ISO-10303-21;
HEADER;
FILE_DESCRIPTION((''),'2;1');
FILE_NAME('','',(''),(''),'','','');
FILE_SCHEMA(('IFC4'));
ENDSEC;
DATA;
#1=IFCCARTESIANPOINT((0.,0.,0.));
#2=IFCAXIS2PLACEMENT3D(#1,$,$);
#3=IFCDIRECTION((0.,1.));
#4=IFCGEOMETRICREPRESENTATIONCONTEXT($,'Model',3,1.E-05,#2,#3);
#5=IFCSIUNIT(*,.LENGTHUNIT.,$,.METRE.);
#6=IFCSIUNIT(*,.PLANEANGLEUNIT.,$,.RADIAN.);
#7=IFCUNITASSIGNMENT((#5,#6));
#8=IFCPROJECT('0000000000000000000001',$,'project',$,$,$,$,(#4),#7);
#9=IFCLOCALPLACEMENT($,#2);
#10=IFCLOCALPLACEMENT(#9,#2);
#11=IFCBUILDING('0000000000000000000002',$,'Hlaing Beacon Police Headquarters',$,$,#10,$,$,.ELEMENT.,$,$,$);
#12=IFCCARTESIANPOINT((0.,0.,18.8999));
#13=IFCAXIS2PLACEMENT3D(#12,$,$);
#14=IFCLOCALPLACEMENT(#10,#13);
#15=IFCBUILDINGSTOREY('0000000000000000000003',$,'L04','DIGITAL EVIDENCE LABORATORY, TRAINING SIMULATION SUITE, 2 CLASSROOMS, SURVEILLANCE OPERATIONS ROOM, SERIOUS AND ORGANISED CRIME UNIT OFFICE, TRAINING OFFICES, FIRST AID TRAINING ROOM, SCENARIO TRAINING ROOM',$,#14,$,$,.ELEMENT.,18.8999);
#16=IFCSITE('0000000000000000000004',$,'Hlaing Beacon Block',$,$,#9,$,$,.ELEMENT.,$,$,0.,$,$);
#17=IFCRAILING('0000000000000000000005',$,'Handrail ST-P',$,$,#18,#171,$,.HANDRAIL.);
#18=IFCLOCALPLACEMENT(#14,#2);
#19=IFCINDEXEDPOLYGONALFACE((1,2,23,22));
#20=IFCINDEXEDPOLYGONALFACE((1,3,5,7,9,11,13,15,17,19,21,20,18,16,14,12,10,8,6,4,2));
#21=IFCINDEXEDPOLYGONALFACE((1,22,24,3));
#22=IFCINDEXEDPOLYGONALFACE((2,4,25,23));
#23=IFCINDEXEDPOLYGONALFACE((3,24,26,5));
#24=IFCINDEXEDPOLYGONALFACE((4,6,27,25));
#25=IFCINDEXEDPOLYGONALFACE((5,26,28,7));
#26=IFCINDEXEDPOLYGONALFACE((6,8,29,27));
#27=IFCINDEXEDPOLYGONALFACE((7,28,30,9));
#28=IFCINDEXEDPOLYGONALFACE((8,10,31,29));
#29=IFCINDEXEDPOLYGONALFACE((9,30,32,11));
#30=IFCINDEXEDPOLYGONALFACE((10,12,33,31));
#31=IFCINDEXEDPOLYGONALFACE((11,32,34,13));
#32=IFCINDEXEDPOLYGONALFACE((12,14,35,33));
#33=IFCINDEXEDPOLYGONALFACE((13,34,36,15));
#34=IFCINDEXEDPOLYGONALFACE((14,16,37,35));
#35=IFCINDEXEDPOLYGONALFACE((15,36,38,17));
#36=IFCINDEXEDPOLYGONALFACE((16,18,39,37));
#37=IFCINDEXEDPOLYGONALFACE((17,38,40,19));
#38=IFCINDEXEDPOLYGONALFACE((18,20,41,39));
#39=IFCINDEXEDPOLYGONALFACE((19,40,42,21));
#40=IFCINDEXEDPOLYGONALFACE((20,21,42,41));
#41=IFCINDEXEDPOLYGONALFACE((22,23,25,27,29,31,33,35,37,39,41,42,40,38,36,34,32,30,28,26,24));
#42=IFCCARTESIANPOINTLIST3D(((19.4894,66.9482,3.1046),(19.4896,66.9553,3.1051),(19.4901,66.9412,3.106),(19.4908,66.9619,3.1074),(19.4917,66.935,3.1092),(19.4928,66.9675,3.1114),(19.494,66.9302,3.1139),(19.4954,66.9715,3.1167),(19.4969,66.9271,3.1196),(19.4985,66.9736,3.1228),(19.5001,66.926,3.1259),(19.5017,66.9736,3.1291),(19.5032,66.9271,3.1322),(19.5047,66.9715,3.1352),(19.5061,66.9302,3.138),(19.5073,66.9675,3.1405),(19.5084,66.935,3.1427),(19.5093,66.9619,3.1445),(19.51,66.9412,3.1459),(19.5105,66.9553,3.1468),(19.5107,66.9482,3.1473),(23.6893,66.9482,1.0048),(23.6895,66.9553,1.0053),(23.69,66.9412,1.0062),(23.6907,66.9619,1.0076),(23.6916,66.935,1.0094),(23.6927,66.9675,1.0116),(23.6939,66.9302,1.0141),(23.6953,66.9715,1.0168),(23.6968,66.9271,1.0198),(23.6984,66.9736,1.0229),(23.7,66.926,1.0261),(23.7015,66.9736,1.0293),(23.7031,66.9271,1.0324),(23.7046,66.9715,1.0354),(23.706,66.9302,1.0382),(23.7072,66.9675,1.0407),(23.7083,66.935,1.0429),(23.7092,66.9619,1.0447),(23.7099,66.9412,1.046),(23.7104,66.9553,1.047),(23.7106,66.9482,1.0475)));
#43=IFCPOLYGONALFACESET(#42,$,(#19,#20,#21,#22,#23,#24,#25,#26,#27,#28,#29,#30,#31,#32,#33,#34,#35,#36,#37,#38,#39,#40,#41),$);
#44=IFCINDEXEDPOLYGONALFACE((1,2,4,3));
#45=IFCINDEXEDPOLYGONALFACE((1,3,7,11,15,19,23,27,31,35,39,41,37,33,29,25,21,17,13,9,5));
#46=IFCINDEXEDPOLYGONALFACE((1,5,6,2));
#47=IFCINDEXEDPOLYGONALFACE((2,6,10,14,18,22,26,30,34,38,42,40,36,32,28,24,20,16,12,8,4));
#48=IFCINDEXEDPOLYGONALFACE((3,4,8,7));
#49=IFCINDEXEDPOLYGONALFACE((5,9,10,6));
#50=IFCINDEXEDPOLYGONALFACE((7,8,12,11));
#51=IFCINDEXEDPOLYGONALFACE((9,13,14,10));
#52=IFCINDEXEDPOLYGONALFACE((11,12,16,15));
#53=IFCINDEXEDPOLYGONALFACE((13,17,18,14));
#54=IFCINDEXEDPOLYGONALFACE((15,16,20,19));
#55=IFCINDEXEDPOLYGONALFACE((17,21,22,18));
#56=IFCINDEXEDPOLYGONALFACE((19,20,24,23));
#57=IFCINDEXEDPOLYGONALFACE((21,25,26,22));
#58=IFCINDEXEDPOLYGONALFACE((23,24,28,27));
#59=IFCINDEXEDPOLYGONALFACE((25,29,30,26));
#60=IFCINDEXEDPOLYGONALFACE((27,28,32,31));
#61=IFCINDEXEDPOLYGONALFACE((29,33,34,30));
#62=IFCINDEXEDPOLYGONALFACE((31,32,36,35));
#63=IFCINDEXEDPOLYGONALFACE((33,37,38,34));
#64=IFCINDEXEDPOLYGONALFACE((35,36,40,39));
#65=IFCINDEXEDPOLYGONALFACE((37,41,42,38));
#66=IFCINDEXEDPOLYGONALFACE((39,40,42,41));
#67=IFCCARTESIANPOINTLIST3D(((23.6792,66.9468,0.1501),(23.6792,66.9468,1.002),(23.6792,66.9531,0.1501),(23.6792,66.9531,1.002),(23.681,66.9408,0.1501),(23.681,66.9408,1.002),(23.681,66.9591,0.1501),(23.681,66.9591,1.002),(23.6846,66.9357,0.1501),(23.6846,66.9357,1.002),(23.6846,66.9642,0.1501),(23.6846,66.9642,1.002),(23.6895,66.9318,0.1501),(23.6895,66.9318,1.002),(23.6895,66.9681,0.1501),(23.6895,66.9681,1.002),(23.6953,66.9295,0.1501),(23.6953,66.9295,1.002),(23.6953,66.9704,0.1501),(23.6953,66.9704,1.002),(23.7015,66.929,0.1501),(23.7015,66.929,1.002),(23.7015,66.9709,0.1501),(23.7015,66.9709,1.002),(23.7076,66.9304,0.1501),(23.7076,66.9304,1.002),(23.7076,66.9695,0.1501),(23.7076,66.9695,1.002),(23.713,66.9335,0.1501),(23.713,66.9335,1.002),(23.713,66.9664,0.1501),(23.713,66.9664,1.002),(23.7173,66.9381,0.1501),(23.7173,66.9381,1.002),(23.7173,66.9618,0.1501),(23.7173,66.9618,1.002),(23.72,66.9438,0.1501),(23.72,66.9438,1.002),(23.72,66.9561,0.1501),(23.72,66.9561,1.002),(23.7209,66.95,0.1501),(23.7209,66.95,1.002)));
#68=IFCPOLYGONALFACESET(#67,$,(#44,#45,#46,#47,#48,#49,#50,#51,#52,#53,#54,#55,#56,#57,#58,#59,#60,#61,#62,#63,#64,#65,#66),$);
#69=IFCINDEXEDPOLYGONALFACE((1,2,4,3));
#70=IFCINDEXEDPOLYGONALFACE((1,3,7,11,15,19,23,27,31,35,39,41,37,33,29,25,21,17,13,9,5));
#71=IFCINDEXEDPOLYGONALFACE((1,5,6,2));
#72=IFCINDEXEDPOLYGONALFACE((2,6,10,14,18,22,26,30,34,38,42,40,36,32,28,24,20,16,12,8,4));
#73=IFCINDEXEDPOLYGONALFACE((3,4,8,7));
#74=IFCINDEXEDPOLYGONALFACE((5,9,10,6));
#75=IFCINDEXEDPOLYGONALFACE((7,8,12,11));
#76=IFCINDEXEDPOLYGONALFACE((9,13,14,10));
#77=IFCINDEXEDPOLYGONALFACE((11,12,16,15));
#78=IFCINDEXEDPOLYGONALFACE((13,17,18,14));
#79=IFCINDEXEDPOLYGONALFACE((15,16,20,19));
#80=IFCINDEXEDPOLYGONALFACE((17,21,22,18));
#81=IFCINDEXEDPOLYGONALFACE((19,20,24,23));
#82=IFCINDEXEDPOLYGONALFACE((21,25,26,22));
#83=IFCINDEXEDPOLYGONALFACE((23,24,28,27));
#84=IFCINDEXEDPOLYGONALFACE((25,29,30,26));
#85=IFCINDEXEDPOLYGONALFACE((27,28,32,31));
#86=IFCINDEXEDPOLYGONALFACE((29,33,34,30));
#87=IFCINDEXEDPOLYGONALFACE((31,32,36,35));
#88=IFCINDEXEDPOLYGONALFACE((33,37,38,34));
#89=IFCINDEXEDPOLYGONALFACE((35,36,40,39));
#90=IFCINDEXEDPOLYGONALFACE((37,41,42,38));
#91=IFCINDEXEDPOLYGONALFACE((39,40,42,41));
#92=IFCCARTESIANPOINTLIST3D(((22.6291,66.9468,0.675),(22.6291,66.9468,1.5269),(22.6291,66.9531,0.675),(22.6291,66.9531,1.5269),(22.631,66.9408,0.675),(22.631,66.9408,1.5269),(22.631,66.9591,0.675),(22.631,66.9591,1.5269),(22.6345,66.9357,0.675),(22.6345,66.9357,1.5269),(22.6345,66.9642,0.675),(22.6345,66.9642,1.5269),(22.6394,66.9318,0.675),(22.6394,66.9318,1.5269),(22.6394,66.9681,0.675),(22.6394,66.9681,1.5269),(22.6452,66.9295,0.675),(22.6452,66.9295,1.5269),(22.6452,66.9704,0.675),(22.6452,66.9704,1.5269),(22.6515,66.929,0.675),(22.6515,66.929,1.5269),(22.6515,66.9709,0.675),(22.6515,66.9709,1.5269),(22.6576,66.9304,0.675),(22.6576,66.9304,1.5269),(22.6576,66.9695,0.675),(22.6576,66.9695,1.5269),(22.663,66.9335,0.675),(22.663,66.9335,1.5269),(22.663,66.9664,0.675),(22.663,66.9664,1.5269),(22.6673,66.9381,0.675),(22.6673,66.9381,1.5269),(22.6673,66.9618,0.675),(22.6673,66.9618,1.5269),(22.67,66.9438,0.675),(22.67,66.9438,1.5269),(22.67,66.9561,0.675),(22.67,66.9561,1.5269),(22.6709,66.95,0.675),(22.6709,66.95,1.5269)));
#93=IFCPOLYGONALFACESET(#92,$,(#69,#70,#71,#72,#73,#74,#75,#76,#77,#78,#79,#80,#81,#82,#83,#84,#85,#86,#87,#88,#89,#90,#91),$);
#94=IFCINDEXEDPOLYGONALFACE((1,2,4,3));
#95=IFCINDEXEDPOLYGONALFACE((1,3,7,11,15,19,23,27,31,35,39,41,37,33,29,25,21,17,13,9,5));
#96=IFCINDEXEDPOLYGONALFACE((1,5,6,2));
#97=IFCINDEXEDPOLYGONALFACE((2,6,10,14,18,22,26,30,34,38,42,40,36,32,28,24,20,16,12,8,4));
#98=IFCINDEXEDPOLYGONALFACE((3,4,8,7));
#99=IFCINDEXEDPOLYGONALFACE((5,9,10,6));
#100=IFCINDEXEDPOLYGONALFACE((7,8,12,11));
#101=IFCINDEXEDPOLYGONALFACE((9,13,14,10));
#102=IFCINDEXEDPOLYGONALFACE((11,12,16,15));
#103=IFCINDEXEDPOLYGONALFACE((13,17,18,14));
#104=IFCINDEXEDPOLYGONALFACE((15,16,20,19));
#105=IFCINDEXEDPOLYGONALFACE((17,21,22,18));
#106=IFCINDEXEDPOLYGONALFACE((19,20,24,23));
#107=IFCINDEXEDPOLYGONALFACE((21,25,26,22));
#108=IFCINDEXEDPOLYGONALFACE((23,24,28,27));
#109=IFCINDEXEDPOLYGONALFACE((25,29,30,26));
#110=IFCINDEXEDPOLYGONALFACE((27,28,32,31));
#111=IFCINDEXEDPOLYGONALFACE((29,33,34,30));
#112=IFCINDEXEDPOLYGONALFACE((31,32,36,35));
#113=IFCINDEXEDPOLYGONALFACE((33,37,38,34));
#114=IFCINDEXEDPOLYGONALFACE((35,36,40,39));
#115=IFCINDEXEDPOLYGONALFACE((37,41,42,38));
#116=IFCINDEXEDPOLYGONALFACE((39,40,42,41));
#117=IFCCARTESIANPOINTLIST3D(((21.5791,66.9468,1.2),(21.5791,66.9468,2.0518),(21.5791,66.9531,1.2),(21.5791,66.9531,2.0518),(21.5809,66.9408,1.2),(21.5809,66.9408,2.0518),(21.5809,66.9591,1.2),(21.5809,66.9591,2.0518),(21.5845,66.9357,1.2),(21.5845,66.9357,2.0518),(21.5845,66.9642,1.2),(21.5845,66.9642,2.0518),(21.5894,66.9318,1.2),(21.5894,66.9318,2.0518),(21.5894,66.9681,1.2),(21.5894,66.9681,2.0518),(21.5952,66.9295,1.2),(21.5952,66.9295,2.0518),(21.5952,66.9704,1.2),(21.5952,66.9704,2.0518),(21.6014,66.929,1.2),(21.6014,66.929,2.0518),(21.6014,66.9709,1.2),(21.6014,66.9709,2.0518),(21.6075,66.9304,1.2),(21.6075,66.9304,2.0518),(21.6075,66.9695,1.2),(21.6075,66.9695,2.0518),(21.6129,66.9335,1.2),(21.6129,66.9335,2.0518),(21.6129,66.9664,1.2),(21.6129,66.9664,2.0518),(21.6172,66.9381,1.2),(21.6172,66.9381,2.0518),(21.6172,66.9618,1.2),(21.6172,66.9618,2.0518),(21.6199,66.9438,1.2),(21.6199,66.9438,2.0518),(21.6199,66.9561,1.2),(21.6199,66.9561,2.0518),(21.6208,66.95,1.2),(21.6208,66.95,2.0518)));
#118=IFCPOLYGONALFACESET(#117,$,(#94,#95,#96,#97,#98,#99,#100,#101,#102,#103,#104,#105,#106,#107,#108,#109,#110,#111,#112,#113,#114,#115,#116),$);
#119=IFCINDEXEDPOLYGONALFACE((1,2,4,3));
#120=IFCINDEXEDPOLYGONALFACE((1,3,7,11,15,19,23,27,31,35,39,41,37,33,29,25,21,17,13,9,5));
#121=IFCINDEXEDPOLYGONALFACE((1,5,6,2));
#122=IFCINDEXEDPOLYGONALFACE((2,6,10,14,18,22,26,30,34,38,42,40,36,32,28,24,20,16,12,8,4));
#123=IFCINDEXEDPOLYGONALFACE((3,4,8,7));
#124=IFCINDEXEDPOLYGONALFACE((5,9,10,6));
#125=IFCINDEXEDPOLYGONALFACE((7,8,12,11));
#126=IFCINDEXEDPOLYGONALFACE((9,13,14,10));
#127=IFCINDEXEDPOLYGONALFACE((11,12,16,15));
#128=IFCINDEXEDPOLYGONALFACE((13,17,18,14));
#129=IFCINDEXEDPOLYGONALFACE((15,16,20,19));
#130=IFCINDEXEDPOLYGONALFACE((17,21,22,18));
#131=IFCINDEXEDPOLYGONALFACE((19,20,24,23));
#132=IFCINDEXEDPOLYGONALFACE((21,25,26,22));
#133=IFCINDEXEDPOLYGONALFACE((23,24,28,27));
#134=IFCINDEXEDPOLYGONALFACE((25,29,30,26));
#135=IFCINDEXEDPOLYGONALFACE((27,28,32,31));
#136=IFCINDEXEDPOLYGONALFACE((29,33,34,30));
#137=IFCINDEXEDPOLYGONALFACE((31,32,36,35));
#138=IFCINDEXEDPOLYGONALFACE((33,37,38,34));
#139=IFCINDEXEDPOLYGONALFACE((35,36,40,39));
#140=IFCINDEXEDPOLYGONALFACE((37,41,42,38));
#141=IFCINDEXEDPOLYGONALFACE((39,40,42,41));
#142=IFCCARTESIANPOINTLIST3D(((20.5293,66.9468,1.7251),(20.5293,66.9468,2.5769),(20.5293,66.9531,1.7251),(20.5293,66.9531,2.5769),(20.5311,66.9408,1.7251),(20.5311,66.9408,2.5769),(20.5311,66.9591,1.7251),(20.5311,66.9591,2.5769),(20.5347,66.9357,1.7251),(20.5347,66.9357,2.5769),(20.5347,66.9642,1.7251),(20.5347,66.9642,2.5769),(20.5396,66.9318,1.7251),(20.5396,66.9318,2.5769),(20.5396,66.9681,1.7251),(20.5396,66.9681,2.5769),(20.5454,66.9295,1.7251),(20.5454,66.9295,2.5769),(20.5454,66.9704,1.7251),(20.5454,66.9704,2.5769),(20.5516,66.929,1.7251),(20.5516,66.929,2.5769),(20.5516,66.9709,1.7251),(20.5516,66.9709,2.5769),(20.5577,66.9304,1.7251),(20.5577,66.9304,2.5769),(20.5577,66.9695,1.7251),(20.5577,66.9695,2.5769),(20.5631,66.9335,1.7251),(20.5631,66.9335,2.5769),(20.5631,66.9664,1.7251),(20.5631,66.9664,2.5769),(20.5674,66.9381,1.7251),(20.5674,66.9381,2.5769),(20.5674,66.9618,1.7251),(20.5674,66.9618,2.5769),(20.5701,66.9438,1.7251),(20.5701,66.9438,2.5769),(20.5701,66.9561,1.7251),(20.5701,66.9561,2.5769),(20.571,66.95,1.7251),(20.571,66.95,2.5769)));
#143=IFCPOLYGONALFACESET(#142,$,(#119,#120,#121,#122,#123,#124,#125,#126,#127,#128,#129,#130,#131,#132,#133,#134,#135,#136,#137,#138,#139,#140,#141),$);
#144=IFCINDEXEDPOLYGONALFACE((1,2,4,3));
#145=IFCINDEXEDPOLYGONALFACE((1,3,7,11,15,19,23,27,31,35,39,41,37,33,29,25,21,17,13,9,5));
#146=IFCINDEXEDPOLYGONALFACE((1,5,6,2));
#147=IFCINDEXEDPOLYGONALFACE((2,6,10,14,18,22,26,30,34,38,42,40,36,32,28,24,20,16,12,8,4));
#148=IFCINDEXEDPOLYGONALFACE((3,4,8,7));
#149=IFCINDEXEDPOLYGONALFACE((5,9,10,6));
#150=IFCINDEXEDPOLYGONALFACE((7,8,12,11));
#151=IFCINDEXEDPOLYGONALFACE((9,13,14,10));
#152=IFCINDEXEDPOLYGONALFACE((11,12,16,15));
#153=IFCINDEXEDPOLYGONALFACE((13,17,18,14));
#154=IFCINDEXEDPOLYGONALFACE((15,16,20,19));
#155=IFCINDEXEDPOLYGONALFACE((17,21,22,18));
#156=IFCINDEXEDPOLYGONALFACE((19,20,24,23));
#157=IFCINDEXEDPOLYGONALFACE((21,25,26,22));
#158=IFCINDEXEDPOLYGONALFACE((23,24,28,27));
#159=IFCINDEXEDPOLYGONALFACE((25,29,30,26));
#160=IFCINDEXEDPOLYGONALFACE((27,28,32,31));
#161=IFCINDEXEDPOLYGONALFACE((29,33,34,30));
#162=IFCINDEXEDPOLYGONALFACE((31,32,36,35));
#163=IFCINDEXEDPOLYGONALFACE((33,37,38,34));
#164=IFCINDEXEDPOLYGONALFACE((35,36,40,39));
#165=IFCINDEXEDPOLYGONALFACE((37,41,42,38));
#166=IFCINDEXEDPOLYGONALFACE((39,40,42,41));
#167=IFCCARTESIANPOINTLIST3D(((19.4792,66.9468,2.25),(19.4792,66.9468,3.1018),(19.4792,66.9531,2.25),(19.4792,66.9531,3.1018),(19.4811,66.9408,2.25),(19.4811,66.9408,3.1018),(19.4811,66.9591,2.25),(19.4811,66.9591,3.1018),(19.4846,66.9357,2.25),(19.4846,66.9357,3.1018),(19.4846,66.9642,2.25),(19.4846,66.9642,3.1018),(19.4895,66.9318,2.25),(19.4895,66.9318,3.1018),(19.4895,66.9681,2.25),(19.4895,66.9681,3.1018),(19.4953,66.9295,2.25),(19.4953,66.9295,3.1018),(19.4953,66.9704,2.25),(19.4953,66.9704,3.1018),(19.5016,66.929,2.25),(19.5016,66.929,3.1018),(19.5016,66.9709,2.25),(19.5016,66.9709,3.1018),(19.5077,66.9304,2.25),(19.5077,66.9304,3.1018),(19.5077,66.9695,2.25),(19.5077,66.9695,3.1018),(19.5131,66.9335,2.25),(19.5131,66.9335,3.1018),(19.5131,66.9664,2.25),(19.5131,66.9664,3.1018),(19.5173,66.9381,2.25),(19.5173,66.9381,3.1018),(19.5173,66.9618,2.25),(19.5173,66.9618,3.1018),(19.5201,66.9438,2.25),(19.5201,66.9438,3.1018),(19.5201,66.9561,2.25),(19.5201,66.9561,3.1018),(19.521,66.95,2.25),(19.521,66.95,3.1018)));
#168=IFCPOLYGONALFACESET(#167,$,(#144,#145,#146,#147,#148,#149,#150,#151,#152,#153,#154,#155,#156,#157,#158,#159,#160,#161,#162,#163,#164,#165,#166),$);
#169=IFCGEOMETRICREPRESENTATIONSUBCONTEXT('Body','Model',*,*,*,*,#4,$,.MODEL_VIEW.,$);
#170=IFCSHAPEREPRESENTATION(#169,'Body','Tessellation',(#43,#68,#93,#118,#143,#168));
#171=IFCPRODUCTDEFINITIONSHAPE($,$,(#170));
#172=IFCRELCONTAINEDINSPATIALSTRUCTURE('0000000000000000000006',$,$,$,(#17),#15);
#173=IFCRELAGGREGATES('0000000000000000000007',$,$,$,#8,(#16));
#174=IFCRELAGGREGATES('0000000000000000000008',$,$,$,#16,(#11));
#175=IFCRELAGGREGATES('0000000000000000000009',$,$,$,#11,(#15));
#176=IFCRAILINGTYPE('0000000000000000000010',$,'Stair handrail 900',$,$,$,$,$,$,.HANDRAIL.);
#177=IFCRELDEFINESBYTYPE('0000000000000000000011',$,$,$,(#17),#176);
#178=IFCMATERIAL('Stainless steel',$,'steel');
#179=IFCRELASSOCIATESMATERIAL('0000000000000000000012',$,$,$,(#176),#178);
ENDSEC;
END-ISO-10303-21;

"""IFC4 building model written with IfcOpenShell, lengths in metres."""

from ifc_helpers import new_model, si_unit, direction, frame, origin, origin_2d, place, context, subcontext, project, spatial, circle, extrude, material, type_object, element, save


model = new_model("IFC4")

# Units and contexts
model_context = context("Model", 3, precision=1e-05, world=origin(), true_north=direction((0.0, 1.0)))
body_context = subcontext(model_context, "Body", "Model", "MODEL_VIEW")
ifc_project = project(units=[si_unit("LENGTHUNIT", "METRE"), si_unit("PLANEANGLEUNIT", "RADIAN")], contexts=[model_context])

# Site, building, storey
site_placement = place(None, origin())
site = spatial("IfcSite", under=ifc_project, at=site_placement, Name="Hlaing Beacon Block", CompositionType="ELEMENT", RefElevation=0.0)
building_placement = place(site_placement, origin())
building = spatial("IfcBuilding", under=site, at=building_placement, Name="Hlaing Beacon Police Headquarters", CompositionType="ELEMENT")
storey_placement = place(building_placement, frame((0.0, 0.0, 18.8999)))
storey = spatial("IfcBuildingStorey", under=building, at=storey_placement, Name="L04", Description="DIGITAL EVIDENCE LABORATORY, TRAINING SIMULATION SUITE, 2 CLASSROOMS, SURVEILLANCE OPERATIONS ROOM, SERIOUS AND ORGANISED CRIME UNIT OFFICE, TRAINING OFFICES, FIRST AID TRAINING ROOM, SCENARIO TRAINING ROOM", CompositionType="ELEMENT", Elevation=18.8999)

# Railing
ifc_material_1 = material(Name="Stainless steel", Category="steel")
railing_type = type_object("IfcRailingType", Name="Stair handrail 900", PredefinedType="HANDRAIL", material=ifc_material_1)
railing_placement = place(storey_placement, frame((23.7, 66.95, 0.1501)))
element("IfcRailing", 1, at=railing_placement, inside=storey, type_object=railing_type, Name="Handrail ST-P", PredefinedType="HANDRAIL", context=body_context, shape_type="SweptSolid", body=[
    extrude(circle(Radius=0.0239, at=origin_2d()), frame((0.0, 0.0, 0.876), z_axis=(-0.894438, 0.0, 0.447193), x_axis=(0.0, -1.0, 0.0)), (0.0, 0.0, 1.0), 4.6956),
    extrude(circle(Radius=0.021, at=origin_2d()), origin(), (0.0, 0.0, 1.0), 0.8518),
    extrude(circle(Radius=0.021, at=origin_2d()), frame((-1.05, 0.0, 0.5249)), (0.0, 0.0, 1.0), 0.8518),
    extrude(circle(Radius=0.021, at=origin_2d()), frame((-2.1001, 0.0, 1.0498)), (0.0, 0.0, 1.0), 0.8518),
    extrude(circle(Radius=0.021, at=origin_2d()), frame((-3.1499, 0.0, 1.575)), (0.0, 0.0, 1.0), 0.8518),
    extrude(circle(Radius=0.021, at=origin_2d()), frame((-4.2, 0.0, 2.0999)), (0.0, 0.0, 1.0), 0.8518),
])

save(model, "model.ifc")
